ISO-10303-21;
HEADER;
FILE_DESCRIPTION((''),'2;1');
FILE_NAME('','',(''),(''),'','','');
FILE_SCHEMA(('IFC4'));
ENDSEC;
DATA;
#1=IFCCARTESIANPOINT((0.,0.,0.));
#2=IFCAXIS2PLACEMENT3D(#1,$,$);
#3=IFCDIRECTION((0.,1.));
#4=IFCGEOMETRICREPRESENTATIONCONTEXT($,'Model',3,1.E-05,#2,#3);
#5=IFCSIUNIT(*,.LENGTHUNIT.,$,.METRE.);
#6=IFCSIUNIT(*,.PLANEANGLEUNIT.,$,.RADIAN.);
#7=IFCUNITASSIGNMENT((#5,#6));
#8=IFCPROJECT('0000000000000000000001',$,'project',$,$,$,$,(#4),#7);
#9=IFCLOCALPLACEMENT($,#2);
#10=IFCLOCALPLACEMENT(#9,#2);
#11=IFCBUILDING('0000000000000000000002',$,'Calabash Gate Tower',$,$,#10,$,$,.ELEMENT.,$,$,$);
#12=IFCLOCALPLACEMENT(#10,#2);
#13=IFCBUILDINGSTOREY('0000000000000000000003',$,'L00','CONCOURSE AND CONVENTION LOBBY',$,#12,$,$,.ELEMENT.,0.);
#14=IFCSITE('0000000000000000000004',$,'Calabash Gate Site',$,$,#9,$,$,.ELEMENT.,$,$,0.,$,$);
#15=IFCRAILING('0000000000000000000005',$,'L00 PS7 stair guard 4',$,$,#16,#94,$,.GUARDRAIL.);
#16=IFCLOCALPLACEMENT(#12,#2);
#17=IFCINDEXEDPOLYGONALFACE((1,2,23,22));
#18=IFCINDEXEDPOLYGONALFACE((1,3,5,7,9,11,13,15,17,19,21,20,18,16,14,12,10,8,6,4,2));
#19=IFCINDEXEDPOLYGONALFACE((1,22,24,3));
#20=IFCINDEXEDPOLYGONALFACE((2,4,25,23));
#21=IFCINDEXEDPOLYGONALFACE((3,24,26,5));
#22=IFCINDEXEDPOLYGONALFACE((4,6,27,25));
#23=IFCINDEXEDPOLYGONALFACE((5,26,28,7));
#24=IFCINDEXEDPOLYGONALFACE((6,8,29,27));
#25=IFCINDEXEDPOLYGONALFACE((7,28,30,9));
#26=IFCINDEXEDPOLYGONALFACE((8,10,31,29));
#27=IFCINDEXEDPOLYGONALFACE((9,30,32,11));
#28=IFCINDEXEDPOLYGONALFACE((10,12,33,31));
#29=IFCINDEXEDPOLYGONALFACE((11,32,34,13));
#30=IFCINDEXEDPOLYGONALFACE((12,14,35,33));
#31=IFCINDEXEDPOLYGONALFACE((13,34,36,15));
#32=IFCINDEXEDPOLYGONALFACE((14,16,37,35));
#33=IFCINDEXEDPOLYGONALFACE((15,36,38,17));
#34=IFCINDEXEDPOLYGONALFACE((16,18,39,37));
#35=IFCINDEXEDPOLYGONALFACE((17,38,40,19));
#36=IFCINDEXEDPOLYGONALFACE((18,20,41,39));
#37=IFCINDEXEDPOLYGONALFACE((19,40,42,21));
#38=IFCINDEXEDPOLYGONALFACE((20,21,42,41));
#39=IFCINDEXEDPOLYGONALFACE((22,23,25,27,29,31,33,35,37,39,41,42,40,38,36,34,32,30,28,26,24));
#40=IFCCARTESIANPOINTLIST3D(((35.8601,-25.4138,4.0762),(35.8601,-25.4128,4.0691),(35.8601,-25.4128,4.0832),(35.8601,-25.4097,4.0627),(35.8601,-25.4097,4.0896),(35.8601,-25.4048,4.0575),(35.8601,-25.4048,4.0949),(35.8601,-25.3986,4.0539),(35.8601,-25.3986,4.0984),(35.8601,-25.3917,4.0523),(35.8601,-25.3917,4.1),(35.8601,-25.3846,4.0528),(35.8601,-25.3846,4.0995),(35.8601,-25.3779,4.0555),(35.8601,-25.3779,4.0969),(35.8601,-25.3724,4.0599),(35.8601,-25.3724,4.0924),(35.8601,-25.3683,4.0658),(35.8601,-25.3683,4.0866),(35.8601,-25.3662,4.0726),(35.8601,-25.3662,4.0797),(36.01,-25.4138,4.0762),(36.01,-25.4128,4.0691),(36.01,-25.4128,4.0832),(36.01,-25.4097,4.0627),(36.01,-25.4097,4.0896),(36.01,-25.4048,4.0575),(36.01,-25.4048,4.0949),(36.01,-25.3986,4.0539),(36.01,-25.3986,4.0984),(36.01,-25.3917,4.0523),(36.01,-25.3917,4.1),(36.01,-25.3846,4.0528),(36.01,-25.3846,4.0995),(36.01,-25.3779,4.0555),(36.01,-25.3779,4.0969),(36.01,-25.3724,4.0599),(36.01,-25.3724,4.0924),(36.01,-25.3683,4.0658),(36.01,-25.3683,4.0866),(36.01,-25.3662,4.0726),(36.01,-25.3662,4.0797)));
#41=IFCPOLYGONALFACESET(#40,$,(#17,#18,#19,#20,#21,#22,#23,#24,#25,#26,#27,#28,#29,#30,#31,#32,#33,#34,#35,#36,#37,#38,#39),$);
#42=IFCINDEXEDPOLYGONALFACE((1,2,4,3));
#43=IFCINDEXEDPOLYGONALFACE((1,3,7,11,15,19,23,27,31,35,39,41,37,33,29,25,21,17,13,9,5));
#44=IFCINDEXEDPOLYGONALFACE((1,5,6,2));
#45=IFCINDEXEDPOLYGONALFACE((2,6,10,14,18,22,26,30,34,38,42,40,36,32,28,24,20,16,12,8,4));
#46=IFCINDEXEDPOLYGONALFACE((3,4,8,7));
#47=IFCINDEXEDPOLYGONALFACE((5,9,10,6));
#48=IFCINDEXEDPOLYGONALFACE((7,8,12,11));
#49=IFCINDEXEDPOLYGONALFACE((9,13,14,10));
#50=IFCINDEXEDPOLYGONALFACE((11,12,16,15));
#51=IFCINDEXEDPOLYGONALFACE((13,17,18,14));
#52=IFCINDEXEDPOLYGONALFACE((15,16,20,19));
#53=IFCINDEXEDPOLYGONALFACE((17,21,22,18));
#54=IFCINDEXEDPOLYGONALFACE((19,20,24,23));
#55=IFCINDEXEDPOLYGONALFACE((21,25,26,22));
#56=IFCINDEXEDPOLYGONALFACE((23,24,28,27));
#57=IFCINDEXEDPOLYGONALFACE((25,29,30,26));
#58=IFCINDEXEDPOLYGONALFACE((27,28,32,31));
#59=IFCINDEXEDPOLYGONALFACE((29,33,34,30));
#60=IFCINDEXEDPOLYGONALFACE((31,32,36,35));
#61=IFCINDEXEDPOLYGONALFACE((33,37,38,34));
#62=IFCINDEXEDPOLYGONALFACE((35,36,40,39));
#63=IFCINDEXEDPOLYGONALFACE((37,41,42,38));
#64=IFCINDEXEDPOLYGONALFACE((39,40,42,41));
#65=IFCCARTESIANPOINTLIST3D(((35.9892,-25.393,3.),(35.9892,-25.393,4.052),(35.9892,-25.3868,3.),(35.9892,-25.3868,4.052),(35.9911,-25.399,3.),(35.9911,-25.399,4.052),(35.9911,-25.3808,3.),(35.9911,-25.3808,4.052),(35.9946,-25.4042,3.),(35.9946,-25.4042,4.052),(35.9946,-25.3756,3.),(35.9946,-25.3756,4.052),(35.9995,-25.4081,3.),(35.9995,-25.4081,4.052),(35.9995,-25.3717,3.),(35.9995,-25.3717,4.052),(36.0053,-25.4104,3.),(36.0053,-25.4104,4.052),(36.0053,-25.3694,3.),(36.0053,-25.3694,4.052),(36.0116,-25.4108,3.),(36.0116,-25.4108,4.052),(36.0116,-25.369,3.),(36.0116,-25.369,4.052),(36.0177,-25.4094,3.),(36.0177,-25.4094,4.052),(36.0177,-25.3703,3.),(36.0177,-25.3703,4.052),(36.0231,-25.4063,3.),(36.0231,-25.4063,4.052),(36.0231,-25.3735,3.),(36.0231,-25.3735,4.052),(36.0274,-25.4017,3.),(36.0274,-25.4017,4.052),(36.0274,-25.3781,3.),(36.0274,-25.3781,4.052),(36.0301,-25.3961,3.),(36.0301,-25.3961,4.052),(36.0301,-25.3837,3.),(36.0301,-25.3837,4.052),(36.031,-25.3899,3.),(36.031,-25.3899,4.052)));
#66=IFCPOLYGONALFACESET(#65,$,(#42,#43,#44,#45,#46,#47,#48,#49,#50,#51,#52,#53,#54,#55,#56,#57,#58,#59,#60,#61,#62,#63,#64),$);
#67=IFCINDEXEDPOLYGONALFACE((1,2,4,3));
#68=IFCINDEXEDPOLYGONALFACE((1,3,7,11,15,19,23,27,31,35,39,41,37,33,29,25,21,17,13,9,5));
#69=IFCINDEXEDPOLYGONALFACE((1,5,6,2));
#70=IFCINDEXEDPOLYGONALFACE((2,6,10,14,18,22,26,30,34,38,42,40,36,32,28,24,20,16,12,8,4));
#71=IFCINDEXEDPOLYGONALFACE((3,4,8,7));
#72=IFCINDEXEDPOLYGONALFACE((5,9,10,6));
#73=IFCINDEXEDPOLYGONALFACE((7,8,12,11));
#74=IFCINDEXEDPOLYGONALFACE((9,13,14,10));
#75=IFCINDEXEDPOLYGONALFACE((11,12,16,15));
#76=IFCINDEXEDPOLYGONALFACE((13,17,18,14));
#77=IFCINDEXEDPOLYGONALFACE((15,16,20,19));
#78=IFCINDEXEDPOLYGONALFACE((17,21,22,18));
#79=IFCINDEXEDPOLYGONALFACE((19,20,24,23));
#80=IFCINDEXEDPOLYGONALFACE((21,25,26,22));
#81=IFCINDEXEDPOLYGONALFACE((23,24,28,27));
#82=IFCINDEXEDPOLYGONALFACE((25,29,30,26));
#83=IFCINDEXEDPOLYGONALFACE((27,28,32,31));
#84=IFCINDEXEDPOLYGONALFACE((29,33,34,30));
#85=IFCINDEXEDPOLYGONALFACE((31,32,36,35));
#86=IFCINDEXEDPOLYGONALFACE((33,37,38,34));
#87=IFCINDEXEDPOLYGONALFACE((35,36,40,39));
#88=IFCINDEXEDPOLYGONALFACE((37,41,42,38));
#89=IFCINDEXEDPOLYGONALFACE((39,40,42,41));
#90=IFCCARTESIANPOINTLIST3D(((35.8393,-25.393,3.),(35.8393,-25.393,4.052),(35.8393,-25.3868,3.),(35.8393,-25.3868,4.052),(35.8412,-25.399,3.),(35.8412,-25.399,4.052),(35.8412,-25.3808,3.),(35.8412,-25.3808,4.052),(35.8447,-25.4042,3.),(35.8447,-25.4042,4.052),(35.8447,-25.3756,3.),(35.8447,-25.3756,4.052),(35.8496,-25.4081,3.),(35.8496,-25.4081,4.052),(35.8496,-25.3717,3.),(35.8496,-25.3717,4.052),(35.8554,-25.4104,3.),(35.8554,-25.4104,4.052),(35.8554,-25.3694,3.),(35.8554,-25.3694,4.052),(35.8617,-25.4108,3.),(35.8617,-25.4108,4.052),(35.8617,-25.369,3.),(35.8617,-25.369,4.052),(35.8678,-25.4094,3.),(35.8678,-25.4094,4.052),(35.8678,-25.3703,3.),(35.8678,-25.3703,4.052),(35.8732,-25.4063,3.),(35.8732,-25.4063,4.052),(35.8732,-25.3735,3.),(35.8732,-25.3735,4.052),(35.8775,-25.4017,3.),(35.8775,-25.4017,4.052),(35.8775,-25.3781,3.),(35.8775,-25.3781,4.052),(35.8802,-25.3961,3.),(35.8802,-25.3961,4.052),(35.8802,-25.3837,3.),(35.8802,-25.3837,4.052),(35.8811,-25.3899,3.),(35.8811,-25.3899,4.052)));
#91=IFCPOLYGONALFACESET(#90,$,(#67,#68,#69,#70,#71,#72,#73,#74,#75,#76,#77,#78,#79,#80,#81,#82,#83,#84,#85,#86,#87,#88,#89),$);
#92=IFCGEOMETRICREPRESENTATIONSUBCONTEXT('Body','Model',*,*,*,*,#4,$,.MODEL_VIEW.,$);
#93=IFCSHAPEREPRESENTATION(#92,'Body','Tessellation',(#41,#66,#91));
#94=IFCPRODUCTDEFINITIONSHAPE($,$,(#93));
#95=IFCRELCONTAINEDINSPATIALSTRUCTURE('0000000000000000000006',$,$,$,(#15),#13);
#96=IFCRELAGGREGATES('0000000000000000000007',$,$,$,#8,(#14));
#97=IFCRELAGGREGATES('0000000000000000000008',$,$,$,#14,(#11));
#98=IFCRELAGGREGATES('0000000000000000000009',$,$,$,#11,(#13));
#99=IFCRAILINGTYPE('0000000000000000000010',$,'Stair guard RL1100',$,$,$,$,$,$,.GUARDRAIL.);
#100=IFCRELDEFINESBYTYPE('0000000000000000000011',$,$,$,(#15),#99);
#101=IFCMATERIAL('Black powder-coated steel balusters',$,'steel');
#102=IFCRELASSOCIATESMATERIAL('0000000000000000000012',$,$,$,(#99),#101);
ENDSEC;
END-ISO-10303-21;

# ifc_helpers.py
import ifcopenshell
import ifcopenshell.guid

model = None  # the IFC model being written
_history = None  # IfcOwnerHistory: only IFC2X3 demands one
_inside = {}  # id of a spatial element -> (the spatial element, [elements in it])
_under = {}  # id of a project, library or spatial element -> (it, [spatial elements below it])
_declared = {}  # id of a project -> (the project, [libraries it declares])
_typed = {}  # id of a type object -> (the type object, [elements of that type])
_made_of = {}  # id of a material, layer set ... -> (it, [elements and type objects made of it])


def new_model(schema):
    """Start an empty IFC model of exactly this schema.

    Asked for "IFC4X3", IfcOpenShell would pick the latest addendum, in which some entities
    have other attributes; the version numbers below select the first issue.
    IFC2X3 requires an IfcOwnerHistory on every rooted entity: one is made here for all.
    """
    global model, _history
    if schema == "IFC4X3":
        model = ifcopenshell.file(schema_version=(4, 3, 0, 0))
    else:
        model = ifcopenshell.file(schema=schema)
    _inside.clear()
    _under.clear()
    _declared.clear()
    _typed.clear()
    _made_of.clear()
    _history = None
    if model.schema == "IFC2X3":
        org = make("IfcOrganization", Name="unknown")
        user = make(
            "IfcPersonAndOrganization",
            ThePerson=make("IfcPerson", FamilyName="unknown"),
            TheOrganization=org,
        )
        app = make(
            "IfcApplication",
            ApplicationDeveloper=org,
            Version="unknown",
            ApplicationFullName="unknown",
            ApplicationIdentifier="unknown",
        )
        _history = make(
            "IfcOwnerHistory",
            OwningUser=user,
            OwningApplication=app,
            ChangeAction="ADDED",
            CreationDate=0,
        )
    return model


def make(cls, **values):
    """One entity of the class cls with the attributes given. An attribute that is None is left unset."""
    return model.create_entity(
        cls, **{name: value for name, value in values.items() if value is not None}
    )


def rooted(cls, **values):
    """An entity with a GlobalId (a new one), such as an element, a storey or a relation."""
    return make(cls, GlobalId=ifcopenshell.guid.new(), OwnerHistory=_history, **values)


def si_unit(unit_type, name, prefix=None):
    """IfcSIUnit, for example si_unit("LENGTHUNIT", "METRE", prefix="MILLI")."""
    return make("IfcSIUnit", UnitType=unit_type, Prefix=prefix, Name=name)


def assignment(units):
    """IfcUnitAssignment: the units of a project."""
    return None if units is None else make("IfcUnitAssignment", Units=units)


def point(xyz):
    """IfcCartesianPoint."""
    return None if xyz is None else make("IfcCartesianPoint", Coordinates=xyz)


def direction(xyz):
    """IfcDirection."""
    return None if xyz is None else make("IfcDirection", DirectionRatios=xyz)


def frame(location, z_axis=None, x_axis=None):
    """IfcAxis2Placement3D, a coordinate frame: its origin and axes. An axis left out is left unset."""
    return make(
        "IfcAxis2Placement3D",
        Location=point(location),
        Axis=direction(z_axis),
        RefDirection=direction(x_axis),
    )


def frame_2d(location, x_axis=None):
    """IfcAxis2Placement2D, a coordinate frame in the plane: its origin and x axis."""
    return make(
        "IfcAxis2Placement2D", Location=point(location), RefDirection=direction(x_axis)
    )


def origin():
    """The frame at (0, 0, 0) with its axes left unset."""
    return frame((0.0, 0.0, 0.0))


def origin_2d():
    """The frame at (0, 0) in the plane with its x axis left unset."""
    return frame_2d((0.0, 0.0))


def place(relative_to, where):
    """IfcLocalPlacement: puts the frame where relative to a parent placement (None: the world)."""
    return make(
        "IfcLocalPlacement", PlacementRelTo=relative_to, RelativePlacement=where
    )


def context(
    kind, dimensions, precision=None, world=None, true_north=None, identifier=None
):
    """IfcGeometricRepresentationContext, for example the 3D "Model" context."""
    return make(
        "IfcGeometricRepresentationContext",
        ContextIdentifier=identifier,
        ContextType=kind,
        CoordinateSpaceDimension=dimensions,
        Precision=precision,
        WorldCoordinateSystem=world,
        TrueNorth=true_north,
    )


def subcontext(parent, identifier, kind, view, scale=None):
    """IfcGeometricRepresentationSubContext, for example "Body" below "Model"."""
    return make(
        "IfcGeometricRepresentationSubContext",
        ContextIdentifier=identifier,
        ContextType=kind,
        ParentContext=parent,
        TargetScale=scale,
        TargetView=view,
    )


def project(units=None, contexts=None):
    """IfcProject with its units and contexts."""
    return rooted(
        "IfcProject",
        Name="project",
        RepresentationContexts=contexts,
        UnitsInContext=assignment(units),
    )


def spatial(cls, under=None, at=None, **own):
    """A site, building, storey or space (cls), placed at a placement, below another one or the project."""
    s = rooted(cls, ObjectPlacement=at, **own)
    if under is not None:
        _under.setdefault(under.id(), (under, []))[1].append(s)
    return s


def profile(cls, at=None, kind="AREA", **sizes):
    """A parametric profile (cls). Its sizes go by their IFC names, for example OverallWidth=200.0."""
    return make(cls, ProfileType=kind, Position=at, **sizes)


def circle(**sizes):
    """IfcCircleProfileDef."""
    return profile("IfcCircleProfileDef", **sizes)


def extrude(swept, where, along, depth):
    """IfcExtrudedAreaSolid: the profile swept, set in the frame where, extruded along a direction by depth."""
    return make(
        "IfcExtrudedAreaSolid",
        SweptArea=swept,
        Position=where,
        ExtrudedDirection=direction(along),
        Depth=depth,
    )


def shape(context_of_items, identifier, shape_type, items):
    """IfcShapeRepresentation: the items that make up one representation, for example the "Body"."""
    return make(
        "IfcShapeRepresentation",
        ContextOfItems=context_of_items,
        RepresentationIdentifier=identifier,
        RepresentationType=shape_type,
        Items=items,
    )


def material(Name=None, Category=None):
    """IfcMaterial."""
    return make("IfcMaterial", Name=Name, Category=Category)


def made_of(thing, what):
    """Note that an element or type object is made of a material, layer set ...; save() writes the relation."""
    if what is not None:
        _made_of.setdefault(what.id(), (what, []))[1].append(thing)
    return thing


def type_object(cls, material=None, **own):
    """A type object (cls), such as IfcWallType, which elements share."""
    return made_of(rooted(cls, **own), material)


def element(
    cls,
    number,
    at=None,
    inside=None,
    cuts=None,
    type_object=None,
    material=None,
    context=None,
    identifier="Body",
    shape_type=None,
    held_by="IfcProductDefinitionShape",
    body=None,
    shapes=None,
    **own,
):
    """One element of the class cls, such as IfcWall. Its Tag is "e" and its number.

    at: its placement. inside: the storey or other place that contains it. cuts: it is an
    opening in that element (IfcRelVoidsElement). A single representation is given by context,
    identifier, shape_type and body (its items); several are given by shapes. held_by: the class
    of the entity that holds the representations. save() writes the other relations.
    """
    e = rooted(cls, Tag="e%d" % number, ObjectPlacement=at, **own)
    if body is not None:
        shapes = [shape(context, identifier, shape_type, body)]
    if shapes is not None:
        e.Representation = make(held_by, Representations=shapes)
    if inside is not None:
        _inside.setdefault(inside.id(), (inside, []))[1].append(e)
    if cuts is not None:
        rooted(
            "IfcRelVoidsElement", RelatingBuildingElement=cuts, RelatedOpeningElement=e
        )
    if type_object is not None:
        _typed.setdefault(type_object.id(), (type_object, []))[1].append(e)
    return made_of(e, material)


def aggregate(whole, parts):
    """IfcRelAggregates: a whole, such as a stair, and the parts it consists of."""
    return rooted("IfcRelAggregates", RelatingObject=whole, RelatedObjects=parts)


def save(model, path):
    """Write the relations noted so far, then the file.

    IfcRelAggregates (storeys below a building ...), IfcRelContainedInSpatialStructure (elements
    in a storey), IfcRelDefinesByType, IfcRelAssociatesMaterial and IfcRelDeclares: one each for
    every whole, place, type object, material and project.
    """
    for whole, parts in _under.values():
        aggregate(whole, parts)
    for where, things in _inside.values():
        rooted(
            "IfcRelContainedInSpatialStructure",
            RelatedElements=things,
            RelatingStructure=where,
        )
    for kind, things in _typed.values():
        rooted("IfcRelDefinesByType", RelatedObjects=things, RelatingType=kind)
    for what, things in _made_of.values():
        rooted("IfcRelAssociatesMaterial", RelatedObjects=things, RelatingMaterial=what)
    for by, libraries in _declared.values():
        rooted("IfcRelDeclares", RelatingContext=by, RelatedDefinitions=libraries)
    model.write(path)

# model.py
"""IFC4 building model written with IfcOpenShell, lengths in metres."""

from ifc_helpers import new_model, si_unit, direction, frame, origin, origin_2d, place, context, subcontext, project, spatial, circle, extrude, material, type_object, element, save


model = new_model("IFC4")

# Units and contexts
model_context = context("Model", 3, precision=1e-05, world=origin(), true_north=direction((0.0, 1.0)))
body_context = subcontext(model_context, "Body", "Model", "MODEL_VIEW")
ifc_project = project(units=[si_unit("LENGTHUNIT", "METRE"), si_unit("PLANEANGLEUNIT", "RADIAN")], contexts=[model_context])

# Site, building, storey
site_placement = place(None, origin())
site = spatial("IfcSite", under=ifc_project, at=site_placement, Name="Calabash Gate Site", CompositionType="ELEMENT", RefElevation=0.0)
building_placement = place(site_placement, origin())
building = spatial("IfcBuilding", under=site, at=building_placement, Name="Calabash Gate Tower", CompositionType="ELEMENT")
storey_placement = place(building_placement, origin())
storey = spatial("IfcBuildingStorey", under=building, at=storey_placement, Name="L00", Description="CONCOURSE AND CONVENTION LOBBY", CompositionType="ELEMENT", Elevation=0.0)

# Railing
ifc_material_1 = material(Name="Black powder-coated steel balusters", Category="steel")
railing_type_1 = type_object("IfcRailingType", Name="Stair guard RL1100", PredefinedType="GUARDRAIL", material=ifc_material_1)
railing_1_placement = place(storey_placement, frame((36.01, -25.3899, 3.0)))
element("IfcRailing", 1, at=railing_1_placement, inside=storey, type_object=railing_type_1, Name="L00 PS7 stair guard 4", PredefinedType="GUARDRAIL", context=body_context, shape_type="SweptSolid", body=[
    extrude(circle(Radius=0.0239, at=origin_2d()), frame((0.0, 0.0, 1.0762), z_axis=(-1.0, 0.0, 0.0), x_axis=(0.0, -1.0, 0.0)), (0.0, 0.0, 1.0), 0.1499),
    extrude(circle(Radius=0.021, at=origin_2d()), origin(), (0.0, 0.0, 1.0), 1.052),
    extrude(circle(Radius=0.021, at=origin_2d()), frame((-0.1499, 0.0, 0.0)), (0.0, 0.0, 1.0), 1.052),
])

save(model, "model.ifc")
